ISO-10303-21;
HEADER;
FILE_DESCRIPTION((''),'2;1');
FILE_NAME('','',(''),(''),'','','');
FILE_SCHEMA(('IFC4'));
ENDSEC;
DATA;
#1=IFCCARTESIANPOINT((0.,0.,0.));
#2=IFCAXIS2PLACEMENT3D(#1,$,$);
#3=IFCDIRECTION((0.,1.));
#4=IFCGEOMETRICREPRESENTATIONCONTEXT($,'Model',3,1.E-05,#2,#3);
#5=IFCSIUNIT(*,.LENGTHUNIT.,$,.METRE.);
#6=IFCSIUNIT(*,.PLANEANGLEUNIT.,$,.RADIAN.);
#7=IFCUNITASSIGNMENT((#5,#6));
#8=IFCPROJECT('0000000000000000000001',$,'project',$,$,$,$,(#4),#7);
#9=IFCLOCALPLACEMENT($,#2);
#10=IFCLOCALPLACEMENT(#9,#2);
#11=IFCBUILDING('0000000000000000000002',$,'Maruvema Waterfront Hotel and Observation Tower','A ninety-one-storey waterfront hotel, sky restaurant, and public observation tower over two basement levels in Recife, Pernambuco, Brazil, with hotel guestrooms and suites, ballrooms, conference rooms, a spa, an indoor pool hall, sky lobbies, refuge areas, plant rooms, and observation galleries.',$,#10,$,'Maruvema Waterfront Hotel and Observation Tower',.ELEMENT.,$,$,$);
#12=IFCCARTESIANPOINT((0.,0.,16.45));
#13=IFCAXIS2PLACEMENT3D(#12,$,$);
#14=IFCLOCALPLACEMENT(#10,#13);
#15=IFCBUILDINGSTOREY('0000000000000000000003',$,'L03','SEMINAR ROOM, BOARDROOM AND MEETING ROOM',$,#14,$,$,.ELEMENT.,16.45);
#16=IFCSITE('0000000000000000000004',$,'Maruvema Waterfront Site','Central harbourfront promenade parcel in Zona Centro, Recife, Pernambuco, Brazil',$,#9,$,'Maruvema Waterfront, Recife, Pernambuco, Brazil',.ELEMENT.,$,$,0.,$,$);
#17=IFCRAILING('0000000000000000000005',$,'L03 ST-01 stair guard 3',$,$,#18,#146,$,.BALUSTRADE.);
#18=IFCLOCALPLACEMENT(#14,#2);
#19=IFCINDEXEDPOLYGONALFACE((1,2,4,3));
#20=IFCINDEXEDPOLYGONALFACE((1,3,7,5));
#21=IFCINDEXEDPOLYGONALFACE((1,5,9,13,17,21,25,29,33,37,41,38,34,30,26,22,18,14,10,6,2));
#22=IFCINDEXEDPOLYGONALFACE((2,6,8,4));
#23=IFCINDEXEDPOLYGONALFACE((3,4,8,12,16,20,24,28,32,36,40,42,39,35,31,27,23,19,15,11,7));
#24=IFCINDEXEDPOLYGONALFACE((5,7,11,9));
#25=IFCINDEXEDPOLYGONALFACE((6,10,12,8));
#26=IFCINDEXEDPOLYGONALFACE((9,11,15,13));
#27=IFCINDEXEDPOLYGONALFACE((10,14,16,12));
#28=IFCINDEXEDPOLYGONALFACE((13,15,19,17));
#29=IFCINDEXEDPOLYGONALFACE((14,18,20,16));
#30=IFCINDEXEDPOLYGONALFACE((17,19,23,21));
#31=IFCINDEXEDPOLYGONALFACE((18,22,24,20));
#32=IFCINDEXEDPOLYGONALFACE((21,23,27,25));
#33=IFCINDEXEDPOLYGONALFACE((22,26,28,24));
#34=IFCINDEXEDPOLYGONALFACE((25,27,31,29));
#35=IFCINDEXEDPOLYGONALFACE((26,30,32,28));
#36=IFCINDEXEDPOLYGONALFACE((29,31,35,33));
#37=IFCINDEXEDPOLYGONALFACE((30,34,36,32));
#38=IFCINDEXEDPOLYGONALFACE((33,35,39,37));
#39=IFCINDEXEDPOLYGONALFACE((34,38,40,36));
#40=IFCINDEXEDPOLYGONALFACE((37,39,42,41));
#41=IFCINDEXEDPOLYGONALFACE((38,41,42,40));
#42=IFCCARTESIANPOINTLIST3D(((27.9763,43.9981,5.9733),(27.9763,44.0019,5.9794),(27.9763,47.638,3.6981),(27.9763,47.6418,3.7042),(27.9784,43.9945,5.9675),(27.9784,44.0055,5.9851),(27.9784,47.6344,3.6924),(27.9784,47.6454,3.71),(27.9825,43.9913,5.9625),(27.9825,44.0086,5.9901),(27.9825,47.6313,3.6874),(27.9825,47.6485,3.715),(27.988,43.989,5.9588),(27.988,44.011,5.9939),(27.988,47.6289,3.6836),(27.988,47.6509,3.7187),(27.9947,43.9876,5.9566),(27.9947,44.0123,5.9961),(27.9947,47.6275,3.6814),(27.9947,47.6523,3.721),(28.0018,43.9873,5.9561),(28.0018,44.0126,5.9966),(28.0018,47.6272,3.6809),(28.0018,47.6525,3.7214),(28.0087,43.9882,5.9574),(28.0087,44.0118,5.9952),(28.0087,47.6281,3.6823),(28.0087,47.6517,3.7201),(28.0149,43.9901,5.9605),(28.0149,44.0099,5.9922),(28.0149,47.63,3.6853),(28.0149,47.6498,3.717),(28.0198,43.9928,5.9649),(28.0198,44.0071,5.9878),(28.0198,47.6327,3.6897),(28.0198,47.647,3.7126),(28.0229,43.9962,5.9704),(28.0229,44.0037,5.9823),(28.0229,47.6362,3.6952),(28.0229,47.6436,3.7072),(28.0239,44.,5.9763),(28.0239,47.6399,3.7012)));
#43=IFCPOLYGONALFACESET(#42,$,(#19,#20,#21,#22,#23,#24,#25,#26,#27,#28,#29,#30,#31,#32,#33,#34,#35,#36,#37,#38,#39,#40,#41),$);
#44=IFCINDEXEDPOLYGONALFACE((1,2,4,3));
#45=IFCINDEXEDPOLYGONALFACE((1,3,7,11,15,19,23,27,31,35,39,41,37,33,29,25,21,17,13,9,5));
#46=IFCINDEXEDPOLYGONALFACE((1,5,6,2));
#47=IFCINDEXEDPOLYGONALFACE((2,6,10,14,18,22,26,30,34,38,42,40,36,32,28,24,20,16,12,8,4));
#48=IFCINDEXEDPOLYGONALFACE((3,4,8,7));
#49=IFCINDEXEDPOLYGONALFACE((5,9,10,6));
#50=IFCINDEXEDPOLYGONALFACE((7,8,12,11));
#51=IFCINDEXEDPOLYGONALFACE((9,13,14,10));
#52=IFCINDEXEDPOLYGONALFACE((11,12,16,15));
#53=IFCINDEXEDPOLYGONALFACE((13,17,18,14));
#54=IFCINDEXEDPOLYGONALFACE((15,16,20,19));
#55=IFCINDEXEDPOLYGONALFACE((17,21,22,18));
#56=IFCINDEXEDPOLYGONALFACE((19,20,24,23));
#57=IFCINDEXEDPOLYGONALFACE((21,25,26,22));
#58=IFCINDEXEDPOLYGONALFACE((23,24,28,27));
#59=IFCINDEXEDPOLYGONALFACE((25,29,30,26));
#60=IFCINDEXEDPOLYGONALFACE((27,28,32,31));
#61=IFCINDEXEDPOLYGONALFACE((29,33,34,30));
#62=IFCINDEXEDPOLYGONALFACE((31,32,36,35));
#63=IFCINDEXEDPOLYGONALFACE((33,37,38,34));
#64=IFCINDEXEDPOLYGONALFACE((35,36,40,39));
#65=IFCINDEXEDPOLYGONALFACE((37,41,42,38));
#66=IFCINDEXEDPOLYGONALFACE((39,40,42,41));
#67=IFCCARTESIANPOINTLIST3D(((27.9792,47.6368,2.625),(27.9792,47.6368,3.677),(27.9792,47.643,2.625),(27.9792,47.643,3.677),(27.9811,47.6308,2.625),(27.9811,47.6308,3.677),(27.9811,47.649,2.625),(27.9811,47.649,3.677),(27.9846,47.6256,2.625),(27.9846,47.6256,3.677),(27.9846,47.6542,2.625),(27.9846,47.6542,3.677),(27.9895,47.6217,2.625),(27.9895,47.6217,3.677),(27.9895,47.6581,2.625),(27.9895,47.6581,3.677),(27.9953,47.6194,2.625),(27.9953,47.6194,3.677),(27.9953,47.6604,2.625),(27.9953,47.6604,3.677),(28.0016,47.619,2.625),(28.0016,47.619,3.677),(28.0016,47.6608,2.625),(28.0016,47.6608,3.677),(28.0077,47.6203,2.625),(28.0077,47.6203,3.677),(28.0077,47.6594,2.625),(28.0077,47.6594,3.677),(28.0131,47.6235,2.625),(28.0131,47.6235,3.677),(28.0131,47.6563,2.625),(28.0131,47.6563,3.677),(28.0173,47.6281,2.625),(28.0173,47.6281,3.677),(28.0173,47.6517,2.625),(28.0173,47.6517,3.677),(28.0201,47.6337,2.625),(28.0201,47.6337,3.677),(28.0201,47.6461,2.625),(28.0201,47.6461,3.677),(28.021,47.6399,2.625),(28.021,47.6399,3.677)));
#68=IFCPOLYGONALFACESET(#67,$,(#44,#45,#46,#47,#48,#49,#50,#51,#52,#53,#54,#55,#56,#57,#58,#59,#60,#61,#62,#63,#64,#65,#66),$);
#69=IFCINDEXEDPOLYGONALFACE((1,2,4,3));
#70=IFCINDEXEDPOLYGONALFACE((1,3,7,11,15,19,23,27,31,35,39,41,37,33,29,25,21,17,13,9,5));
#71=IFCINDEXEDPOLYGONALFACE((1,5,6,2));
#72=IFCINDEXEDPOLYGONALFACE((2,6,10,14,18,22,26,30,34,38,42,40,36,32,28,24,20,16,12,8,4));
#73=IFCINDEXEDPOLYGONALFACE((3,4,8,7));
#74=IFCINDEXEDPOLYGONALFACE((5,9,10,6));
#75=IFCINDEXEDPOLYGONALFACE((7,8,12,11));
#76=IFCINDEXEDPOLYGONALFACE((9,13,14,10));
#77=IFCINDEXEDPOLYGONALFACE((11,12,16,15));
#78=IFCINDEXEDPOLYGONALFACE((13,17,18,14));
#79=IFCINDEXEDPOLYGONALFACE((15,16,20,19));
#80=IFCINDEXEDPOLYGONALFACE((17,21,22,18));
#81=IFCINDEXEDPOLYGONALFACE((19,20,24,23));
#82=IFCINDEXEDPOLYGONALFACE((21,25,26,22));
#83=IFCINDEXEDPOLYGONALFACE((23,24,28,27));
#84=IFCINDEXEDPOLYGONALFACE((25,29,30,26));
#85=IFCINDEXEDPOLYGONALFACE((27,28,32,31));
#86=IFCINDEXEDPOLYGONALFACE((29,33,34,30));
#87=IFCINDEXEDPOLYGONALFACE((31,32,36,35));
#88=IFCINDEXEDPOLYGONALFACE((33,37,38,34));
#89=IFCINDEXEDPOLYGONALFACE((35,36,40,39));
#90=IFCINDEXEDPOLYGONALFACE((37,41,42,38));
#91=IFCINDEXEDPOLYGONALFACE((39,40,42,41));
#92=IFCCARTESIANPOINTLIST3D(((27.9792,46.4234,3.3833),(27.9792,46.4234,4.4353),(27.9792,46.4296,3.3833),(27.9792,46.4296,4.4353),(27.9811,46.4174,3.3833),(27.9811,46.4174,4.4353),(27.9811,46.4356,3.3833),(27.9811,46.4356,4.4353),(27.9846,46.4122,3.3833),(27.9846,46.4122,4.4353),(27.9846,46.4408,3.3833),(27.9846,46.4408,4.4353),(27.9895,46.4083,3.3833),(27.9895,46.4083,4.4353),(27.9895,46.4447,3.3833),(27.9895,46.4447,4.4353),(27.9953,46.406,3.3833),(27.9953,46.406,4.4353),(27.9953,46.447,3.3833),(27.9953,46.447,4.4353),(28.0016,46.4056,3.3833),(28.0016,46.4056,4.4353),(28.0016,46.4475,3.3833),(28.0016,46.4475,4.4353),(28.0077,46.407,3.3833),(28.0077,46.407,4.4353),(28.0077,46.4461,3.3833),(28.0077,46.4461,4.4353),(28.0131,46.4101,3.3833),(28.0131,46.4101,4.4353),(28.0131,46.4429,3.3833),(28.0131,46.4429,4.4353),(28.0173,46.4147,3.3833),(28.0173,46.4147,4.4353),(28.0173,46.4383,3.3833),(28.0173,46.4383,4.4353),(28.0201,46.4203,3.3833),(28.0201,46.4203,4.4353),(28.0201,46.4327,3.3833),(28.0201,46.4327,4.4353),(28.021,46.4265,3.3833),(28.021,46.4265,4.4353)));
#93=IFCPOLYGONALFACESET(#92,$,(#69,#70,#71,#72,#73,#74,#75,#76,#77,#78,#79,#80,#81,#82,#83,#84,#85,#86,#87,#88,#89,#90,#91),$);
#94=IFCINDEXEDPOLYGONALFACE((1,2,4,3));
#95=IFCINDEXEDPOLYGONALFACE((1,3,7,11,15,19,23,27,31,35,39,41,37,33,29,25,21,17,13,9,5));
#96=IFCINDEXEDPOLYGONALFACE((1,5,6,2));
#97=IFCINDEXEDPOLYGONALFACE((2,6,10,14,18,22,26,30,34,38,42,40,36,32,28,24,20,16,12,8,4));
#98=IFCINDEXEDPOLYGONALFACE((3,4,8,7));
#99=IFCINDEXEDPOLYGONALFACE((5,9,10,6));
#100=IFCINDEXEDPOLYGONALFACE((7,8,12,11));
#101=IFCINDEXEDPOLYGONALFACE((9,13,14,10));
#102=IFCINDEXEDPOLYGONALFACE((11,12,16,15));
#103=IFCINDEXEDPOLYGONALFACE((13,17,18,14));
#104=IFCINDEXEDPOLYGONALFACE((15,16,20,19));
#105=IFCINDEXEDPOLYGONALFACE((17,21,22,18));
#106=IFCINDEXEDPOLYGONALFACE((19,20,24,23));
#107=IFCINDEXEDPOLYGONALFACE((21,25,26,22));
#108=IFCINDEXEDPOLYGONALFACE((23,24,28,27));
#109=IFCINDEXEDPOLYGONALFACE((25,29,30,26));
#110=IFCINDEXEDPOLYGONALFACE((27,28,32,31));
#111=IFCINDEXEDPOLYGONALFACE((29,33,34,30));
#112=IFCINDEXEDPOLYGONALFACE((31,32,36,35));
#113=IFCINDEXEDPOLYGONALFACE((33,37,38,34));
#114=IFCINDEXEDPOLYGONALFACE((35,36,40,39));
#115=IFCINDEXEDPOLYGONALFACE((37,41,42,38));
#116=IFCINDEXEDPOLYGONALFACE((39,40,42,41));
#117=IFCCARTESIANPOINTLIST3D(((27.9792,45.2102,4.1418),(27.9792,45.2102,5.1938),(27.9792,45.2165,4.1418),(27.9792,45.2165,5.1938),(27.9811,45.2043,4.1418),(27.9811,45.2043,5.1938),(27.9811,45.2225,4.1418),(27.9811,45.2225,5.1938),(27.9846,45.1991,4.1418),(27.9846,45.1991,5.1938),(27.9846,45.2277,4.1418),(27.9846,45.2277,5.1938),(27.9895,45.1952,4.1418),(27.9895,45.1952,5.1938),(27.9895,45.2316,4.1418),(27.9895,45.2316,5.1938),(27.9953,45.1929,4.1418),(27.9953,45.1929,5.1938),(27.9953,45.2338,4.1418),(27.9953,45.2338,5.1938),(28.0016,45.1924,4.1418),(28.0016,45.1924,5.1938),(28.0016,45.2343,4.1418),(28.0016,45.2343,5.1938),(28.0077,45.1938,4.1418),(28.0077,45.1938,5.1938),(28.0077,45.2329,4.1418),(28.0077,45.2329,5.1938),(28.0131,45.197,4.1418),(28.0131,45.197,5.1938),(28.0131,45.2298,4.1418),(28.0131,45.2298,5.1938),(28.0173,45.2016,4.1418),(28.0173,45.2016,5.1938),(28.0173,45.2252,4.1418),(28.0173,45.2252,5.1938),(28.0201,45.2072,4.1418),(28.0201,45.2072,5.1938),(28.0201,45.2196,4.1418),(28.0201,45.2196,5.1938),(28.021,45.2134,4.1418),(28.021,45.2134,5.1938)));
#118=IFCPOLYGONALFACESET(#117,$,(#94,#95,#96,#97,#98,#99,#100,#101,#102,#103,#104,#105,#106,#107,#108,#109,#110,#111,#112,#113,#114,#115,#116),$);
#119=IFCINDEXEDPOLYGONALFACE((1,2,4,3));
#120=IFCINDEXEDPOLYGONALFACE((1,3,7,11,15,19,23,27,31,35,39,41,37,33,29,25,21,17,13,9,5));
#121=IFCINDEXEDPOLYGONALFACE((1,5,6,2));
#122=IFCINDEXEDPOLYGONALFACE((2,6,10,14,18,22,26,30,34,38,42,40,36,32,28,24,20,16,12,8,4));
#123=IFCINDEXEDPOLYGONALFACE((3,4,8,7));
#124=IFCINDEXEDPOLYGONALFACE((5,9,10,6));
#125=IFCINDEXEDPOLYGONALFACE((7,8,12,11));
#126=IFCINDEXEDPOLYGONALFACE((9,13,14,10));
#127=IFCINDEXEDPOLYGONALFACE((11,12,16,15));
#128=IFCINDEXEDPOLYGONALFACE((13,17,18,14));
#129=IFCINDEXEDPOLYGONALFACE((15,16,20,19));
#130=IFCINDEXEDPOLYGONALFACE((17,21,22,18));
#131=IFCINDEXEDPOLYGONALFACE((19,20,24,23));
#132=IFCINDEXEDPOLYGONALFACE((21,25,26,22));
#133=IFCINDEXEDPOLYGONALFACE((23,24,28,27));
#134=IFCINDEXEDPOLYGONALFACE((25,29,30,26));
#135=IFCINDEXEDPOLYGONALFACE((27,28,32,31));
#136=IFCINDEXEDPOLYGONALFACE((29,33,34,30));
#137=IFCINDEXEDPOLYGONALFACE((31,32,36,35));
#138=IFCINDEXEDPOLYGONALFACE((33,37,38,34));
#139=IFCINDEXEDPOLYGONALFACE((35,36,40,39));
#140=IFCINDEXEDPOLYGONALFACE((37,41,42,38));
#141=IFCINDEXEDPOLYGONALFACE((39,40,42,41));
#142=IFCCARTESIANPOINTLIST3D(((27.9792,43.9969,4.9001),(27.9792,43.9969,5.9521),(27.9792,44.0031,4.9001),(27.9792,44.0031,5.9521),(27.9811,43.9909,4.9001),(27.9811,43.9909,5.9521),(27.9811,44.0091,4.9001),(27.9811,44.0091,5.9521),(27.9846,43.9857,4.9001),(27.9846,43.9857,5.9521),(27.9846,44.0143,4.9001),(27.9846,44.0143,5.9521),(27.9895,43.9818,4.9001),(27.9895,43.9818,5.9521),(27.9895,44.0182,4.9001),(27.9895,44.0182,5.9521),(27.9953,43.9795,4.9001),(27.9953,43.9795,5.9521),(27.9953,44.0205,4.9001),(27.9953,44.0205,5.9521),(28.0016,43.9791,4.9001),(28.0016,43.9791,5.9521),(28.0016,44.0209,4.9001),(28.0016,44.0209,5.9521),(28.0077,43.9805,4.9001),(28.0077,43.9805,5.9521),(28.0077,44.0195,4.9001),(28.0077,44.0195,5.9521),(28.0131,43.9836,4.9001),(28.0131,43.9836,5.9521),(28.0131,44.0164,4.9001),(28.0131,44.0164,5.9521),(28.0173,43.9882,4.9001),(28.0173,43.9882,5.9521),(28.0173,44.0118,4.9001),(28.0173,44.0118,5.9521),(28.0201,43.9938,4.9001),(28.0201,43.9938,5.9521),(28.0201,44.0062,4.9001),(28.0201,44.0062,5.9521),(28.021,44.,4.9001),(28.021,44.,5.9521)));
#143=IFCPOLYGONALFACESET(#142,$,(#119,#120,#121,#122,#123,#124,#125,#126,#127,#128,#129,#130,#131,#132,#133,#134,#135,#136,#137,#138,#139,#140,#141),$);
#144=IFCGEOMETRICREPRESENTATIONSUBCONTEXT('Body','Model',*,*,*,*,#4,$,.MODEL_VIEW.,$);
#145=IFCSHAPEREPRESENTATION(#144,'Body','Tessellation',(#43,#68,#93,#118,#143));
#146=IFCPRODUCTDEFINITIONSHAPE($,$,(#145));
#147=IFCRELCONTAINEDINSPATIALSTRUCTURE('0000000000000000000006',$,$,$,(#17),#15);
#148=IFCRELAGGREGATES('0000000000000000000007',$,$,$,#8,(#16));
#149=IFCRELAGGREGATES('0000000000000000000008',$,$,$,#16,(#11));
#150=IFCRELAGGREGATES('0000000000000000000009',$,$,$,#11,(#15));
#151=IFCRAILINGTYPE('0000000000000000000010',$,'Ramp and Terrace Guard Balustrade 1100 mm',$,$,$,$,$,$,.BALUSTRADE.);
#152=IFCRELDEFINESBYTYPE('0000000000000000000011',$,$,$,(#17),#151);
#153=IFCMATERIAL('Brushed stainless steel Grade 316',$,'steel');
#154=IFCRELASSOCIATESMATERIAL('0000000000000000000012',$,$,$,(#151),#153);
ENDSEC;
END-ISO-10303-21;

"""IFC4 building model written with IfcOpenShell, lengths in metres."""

from ifc_helpers import new_model, si_unit, direction, frame, origin, origin_2d, place, context, subcontext, project, spatial, circle, extrude, material, type_object, element, save


model = new_model("IFC4")

# Units and contexts
model_context = context("Model", 3, precision=1e-05, world=origin(), true_north=direction((0.0, 1.0)))
body_context = subcontext(model_context, "Body", "Model", "MODEL_VIEW")
ifc_project = project(units=[si_unit("LENGTHUNIT", "METRE"), si_unit("PLANEANGLEUNIT", "RADIAN")], contexts=[model_context])

# Site, building, storey
site_placement = place(None, origin())
site = spatial("IfcSite", under=ifc_project, at=site_placement, Name="Maruvema Waterfront Site", Description="Central harbourfront promenade parcel in Zona Centro, Recife, Pernambuco, Brazil", LongName="Maruvema Waterfront, Recife, Pernambuco, Brazil", CompositionType="ELEMENT", RefElevation=0.0)
building_placement = place(site_placement, origin())
building = spatial("IfcBuilding", under=site, at=building_placement, Name="Maruvema Waterfront Hotel and Observation Tower", Description="A ninety-one-storey waterfront hotel, sky restaurant, and public observation tower over two basement levels in Recife, Pernambuco, Brazil, with hotel guestrooms and suites, ballrooms, conference rooms, a spa, an indoor pool hall, sky lobbies, refuge areas, plant rooms, and observation galleries.", LongName="Maruvema Waterfront Hotel and Observation Tower", CompositionType="ELEMENT")
storey_placement = place(building_placement, frame((0.0, 0.0, 16.45)))
storey = spatial("IfcBuildingStorey", under=building, at=storey_placement, Name="L03", Description="SEMINAR ROOM, BOARDROOM AND MEETING ROOM", CompositionType="ELEMENT", Elevation=16.45)

# Railing
ifc_material_1 = material(Name="Brushed stainless steel Grade 316", Category="steel")
railing_type_1 = type_object("IfcRailingType", Name="Ramp and Terrace Guard Balustrade 1100 mm", PredefinedType="BALUSTRADE", material=ifc_material_1)
railing_1_placement = place(storey_placement, frame((28.0, 47.6399, 2.625)))
element("IfcRailing", 1, at=railing_1_placement, inside=storey, type_object=railing_type_1, Name="L03 ST-01 stair guard 3", PredefinedType="BALUSTRADE", context=body_context, shape_type="SweptSolid", body=[
    extrude(circle(Radius=0.0239, at=origin_2d()), frame((0.0, 0.0, 1.0762), z_axis=(0.0, -0.847976, 0.530035), x_axis=(1.0, 0.0, 0.0)), (0.0, 0.0, 1.0), 4.2925),
    extrude(circle(Radius=0.021, at=origin_2d()), origin(), (0.0, 0.0, 1.0), 1.052),
    extrude(circle(Radius=0.021, at=origin_2d()), frame((0.0, -1.2134, 0.7583)), (0.0, 0.0, 1.0), 1.052),
    extrude(circle(Radius=0.021, at=origin_2d()), frame((0.0, -2.4265, 1.5168)), (0.0, 0.0, 1.0), 1.052),
    extrude(circle(Radius=0.021, at=origin_2d()), frame((0.0, -3.6399, 2.2751)), (0.0, 0.0, 1.0), 1.052),
])

save(model, "model.ifc")
